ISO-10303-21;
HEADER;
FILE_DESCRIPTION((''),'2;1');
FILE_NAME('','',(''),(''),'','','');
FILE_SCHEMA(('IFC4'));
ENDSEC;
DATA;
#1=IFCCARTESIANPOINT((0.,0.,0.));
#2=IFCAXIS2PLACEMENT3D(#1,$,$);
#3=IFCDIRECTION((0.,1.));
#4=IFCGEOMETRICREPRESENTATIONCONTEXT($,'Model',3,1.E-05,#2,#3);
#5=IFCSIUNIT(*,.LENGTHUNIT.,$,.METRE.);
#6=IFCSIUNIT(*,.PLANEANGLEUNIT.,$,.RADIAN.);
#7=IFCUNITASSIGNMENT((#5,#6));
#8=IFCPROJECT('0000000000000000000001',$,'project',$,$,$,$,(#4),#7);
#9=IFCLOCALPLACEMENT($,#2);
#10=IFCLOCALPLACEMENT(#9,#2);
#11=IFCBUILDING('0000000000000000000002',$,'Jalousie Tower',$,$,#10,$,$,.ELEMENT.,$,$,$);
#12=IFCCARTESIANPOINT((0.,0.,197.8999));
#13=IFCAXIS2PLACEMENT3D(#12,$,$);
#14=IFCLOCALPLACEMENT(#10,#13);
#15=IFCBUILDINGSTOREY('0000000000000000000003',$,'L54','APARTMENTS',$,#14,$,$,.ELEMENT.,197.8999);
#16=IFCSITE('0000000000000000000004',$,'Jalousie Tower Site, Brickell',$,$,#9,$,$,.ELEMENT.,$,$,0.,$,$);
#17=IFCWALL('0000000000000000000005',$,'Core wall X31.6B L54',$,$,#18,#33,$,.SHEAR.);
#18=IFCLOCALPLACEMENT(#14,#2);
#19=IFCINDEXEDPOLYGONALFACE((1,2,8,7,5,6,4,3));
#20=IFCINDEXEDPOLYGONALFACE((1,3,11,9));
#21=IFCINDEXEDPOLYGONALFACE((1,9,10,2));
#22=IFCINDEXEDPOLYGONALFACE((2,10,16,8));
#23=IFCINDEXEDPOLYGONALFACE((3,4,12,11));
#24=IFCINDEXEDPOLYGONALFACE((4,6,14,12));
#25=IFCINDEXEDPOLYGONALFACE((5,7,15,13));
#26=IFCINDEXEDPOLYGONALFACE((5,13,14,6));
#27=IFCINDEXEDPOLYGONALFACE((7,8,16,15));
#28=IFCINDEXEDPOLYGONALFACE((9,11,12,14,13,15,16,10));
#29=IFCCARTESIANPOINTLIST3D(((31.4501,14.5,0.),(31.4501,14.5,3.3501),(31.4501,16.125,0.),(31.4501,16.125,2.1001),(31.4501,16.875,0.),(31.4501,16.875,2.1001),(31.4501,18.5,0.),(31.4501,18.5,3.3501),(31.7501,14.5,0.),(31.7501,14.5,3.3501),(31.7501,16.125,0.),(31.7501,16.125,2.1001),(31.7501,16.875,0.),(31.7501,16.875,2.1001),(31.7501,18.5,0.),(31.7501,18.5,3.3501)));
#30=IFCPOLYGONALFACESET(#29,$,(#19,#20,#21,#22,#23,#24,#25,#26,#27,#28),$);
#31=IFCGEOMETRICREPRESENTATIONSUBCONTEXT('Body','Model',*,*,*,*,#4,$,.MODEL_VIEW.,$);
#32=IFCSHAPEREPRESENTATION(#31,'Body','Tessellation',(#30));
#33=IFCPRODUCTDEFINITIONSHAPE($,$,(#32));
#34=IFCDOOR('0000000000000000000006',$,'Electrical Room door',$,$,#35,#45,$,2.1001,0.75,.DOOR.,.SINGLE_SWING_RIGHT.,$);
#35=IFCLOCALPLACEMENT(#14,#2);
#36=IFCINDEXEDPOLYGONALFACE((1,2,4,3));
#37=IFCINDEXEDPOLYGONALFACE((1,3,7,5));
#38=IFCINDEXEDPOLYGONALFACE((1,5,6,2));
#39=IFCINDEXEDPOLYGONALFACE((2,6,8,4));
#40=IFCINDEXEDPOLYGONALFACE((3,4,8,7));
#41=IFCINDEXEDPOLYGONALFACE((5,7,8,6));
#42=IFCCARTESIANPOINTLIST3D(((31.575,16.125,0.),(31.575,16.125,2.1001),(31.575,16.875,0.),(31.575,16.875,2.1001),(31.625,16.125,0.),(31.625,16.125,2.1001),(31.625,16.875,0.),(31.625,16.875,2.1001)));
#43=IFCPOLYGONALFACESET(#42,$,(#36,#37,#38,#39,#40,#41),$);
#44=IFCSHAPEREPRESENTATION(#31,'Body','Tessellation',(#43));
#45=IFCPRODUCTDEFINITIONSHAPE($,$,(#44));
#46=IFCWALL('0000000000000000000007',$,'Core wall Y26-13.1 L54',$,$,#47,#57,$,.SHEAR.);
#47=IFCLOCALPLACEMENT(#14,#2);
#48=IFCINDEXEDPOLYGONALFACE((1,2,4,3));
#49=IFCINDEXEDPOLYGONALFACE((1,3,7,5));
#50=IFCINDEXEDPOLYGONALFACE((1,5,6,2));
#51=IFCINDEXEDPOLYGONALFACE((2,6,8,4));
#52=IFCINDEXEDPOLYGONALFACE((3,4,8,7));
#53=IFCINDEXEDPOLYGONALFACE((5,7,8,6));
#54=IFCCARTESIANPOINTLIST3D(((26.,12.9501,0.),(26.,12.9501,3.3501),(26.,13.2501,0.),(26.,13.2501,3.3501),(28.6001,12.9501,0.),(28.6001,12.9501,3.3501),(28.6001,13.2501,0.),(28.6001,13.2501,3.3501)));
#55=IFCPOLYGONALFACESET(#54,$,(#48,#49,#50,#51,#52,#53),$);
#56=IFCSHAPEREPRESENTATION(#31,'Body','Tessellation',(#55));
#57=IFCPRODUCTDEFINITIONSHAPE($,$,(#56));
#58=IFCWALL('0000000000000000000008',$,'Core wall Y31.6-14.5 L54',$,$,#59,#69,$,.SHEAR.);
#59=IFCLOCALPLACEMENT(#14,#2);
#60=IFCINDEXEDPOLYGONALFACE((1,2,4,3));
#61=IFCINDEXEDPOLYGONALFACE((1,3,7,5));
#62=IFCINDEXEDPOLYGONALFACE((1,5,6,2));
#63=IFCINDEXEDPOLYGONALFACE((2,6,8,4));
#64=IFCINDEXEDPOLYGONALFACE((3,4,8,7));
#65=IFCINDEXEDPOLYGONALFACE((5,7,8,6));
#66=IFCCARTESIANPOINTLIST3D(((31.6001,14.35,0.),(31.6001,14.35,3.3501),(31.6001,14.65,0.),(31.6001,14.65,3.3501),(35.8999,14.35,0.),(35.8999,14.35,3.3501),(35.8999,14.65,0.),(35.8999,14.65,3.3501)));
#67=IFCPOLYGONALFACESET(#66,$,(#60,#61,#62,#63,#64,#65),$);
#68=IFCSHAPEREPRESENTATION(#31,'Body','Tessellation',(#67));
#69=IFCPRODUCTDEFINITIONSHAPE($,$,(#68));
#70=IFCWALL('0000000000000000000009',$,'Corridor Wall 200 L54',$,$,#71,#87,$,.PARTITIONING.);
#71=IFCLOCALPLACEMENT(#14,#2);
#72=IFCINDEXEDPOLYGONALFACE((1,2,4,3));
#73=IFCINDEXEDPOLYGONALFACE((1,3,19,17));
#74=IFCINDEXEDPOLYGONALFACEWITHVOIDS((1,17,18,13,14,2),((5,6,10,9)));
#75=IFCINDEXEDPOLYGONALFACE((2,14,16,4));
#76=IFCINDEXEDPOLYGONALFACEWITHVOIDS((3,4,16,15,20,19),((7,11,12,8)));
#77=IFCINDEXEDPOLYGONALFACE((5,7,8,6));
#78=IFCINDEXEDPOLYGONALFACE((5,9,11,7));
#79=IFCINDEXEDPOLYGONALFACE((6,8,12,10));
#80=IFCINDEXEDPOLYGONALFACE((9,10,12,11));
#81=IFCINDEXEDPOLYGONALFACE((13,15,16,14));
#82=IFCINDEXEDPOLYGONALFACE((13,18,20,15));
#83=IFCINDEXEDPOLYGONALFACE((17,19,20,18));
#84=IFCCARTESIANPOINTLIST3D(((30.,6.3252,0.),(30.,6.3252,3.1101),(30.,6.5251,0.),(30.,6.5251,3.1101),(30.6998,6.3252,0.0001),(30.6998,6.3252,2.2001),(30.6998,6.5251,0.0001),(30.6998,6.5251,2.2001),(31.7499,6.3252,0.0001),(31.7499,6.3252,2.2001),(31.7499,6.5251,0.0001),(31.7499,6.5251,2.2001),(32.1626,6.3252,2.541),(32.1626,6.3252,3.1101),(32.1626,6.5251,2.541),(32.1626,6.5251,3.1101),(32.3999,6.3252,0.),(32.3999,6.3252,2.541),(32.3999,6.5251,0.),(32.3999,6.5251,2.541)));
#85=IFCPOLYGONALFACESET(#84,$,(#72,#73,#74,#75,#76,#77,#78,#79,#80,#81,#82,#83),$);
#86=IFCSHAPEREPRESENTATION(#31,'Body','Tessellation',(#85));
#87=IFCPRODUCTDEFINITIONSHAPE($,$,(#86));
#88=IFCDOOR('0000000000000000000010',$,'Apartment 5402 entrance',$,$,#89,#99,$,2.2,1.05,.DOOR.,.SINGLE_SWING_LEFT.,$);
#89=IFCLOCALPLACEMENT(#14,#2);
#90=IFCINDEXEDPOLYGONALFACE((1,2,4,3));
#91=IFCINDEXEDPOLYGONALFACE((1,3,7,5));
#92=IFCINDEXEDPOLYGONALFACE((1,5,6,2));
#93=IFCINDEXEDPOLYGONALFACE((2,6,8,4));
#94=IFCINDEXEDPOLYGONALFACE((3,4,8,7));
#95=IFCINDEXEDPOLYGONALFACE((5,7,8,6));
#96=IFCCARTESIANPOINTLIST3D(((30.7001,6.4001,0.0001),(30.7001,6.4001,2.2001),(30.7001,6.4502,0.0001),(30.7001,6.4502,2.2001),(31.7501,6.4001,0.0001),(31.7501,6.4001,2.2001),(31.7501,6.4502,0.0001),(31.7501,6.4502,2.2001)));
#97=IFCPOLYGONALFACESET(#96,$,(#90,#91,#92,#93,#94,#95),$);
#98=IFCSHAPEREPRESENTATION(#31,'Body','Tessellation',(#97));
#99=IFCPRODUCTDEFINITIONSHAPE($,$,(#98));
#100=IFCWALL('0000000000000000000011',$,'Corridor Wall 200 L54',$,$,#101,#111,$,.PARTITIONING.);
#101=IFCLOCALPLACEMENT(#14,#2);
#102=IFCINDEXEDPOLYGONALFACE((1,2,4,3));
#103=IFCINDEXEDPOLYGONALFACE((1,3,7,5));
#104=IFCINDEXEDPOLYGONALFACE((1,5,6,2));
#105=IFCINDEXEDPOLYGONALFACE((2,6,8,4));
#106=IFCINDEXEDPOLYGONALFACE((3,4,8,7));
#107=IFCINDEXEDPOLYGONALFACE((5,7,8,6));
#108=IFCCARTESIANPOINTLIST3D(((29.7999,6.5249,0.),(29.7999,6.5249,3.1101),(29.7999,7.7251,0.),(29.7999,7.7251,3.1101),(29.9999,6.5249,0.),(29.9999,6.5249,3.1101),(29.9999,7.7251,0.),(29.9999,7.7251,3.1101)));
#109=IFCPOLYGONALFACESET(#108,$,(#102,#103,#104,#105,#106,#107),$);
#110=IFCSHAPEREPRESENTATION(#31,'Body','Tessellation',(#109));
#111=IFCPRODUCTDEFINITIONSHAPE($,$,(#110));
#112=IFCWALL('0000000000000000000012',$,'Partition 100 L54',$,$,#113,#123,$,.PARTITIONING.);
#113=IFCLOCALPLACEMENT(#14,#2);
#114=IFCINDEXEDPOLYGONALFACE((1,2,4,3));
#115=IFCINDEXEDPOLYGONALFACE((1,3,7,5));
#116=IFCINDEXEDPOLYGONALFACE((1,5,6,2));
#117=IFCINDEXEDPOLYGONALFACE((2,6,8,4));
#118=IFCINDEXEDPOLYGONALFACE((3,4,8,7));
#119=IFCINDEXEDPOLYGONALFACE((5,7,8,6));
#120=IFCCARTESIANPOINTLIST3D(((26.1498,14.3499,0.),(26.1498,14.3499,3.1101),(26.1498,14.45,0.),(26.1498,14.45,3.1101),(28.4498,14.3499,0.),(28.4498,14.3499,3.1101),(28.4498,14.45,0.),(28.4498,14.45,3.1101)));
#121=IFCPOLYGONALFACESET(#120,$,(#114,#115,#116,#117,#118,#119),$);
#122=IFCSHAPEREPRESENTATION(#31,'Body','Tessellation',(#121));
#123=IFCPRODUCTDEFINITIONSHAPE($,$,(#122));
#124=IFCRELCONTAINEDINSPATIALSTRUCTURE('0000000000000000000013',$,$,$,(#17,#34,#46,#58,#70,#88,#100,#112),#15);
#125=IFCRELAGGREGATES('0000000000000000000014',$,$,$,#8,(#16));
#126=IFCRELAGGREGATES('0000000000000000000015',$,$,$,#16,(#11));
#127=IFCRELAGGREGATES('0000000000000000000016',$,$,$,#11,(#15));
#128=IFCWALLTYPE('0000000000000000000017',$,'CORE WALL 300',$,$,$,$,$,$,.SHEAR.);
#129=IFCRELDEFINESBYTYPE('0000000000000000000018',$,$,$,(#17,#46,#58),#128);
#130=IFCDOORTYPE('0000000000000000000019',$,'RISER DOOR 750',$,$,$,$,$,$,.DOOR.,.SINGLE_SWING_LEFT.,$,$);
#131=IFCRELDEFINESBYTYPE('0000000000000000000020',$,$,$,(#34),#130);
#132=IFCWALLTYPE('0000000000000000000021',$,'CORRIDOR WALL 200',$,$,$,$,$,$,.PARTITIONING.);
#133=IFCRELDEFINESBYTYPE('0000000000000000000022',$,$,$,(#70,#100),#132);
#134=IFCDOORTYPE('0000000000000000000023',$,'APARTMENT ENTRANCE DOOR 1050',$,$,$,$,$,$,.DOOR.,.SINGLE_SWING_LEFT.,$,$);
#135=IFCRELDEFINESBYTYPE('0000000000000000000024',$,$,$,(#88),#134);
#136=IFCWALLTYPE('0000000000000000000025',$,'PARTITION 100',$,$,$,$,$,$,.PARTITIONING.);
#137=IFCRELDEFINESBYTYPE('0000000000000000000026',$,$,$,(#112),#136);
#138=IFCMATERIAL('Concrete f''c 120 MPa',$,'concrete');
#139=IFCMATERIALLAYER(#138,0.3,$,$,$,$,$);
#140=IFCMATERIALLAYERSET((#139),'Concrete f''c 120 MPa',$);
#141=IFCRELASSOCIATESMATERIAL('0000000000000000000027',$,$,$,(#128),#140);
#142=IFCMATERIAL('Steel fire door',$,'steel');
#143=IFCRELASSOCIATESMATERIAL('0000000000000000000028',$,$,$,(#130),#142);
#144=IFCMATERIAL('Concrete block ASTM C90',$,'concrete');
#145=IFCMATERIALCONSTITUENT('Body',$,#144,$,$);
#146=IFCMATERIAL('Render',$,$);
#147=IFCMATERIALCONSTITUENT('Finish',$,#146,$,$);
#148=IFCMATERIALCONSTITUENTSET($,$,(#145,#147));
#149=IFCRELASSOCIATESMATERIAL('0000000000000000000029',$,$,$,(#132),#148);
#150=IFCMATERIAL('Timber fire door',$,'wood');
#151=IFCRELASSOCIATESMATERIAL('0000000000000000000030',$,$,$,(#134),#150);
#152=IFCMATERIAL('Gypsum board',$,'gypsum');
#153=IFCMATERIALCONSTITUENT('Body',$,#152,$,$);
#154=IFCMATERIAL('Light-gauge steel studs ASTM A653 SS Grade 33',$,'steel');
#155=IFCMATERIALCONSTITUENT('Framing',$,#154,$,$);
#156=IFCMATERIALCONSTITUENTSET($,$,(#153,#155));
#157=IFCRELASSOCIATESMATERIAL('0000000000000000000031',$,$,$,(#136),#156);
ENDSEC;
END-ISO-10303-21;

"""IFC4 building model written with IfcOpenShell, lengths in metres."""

from ifc_helpers import new_model, si_unit, direction, frame, frame_2d, origin, place, context, subcontext, project, spatial, polyline, rectangle, outline, extrude, material, layer, layer_set, constituent, constituent_set, type_object, element, fill, save


model = new_model("IFC4")

# Units and contexts
model_context = context("Model", 3, precision=1e-05, world=origin(), true_north=direction((0.0, 1.0)))
body_context = subcontext(model_context, "Body", "Model", "MODEL_VIEW")
ifc_project = project(units=[si_unit("LENGTHUNIT", "METRE"), si_unit("PLANEANGLEUNIT", "RADIAN")], contexts=[model_context])

# Site, building, storey
site_placement = place(None, origin())
site = spatial("IfcSite", under=ifc_project, at=site_placement, Name="Jalousie Tower Site, Brickell", CompositionType="ELEMENT", RefElevation=0.0)
building_placement = place(site_placement, origin())
building = spatial("IfcBuilding", under=site, at=building_placement, Name="Jalousie Tower", CompositionType="ELEMENT")
storey_placement = place(building_placement, frame((0.0, 0.0, 197.8999)))
storey = spatial("IfcBuildingStorey", under=building, at=storey_placement, Name="L54", Description="APARTMENTS", CompositionType="ELEMENT", Elevation=197.8999)

# Shared definitions
ifc_material_1 = material(Name="Concrete f'c 120 MPa", Category="concrete")
ifc_layer_1 = layer(ifc_material_1, 0.3)
ifc_layer_set_1 = layer_set([ifc_layer_1], Name="Concrete f'c 120 MPa")
wall_type_1 = type_object("IfcWallType", Name="CORE WALL 300", PredefinedType="SHEAR", material=ifc_layer_set_1)

# Wall, opening, door
ifc_material_2 = material(Name="Steel fire door", Category="steel")
door_type_1 = type_object("IfcDoorType", Name="RISER DOOR 750", OperationType="SINGLE_SWING_LEFT", PredefinedType="DOOR", material=ifc_material_2)
wall_1_placement = place(storey_placement, frame((31.6001, 14.5, 0.0), z_axis=(0.0, 0.0, 1.0), x_axis=(0.0, 1.0, 0.0)))
wall_1 = element("IfcWall", 1, at=wall_1_placement, inside=storey, type_object=wall_type_1, Name="Core wall X31.6B L54", PredefinedType="SHEAR", context=body_context, shape_type="SweptSolid", body=[
    extrude(rectangle(XDim=4.0, YDim=0.3, at=frame_2d((2.0, 0.0))), origin(), (0.0, 0.0, 1.0), 3.3501),
])
opening_1_placement = place(wall_1_placement, frame((1.625, 0.0, 0.0)))
opening_1 = element("IfcOpeningElement", 2, at=opening_1_placement, cuts=wall_1, PredefinedType="OPENING", context=body_context, shape_type="SweptSolid", body=[
    extrude(rectangle(XDim=0.75, YDim=2.1001, at=frame_2d((0.375, 1.05))), frame((0.0, 0.1599, 0.0), z_axis=(0.0, -1.0, 0.0), x_axis=(1.0, 0.0, 0.0)), (0.0, 0.0, 1.0), 0.3201),
])
door_1_placement = place(opening_1_placement, frame((0.75, 0.0, 0.0), z_axis=(0.0, 0.0, 1.0), x_axis=(-1.0, 0.0, 0.0)))
door_1 = element("IfcDoor", 3, at=door_1_placement, inside=storey, type_object=door_type_1, Name="Electrical Room door", OperationType="SINGLE_SWING_RIGHT", OverallHeight=2.1001, OverallWidth=0.75, PredefinedType="DOOR", context=body_context, shape_type="SweptSolid", body=[
    extrude(rectangle(XDim=0.75, YDim=2.1001, at=frame_2d((0.375, 1.05))), frame((0.0, 0.0249, 0.0), z_axis=(0.0, -1.0, 0.0), x_axis=(1.0, 0.0, 0.0)), (0.0, 0.0, 1.0), 0.05),
])
fill(opening_1, door_1)

# Walls
wall_2_placement = place(storey_placement, frame((26.0, 13.1001, 0.0), z_axis=(0.0, 0.0, 1.0), x_axis=(1.0, 0.0, 0.0)))
element("IfcWall", 4, at=wall_2_placement, inside=storey, type_object=wall_type_1, Name="Core wall Y26-13.1 L54", PredefinedType="SHEAR", context=body_context, shape_type="SweptSolid", body=[
    extrude(rectangle(XDim=2.6001, YDim=0.3, at=frame_2d((1.3, 0.0))), origin(), (0.0, 0.0, 1.0), 3.3501),
])
wall_3_placement = place(storey_placement, frame((31.6001, 14.5, 0.0), z_axis=(0.0, 0.0, 1.0), x_axis=(1.0, 0.0, 0.0)))
element("IfcWall", 5, at=wall_3_placement, inside=storey, type_object=wall_type_1, Name="Core wall Y31.6-14.5 L54", PredefinedType="SHEAR", context=body_context, shape_type="SweptSolid", body=[
    extrude(rectangle(XDim=4.2998, YDim=0.3, at=frame_2d((2.1499, 0.0))), origin(), (0.0, 0.0, 1.0), 3.3501),
])

# Wall, opening, door
ifc_material_3 = material(Name="Concrete block ASTM C90", Category="concrete")
ifc_constituent_1 = constituent(ifc_material_3, Name="Body")
ifc_material_4 = material(Name="Render")
ifc_constituent_2 = constituent(ifc_material_4, Name="Finish")
ifc_constituent_set_1 = constituent_set(constituents=[ifc_constituent_1, ifc_constituent_2])
wall_type_2 = type_object("IfcWallType", Name="CORRIDOR WALL 200", PredefinedType="PARTITIONING", material=ifc_constituent_set_1)
wall_4_placement = place(storey_placement, frame((30.0, 6.425, 0.0), z_axis=(0.0, 0.0, 1.0), x_axis=(1.0, 0.0, 0.0)))
wall_4 = element("IfcWall", 6, at=wall_4_placement, inside=storey, type_object=wall_type_2, Name="Corridor Wall 200 L54", PredefinedType="PARTITIONING", context=body_context, shape_type="SweptSolid", body=[
    extrude(outline(polyline([(0.0, 0.0), (2.3999, 0.0), (2.3999, 3.1101), (2.3999, 2.541), (2.1626, 2.541), (2.1626, 3.1101), (0.0, 3.1101), (0.0, 0.0)])), frame((0.0, 0.1001, 0.0), z_axis=(0.0, -1.0, 0.0), x_axis=(1.0, 0.0, 0.0)), (0.0, 0.0, 1.0), 0.2),
])
opening_2_placement = place(wall_4_placement, frame((0.7, 0.0, 0.0)))
opening_2 = element("IfcOpeningElement", 7, at=opening_2_placement, cuts=wall_4, PredefinedType="OPENING", context=body_context, shape_type="SweptSolid", body=[
    extrude(rectangle(XDim=1.05, YDim=2.2, at=frame_2d((0.5249, 1.1001))), frame((0.0, 0.1099, 0.0), z_axis=(0.0, -1.0, 0.0), x_axis=(1.0, 0.0, 0.0)), (0.0, 0.0, 1.0), 0.22),
])
ifc_material_5 = material(Name="Timber fire door", Category="wood")
door_type_2 = type_object("IfcDoorType", Name="APARTMENT ENTRANCE DOOR 1050", OperationType="SINGLE_SWING_LEFT", PredefinedType="DOOR", material=ifc_material_5)
door_2_placement = place(opening_2_placement, frame((1.05, 0.0, 0.0), z_axis=(0.0, 0.0, 1.0), x_axis=(-1.0, 0.0, 0.0)))
door_2 = element("IfcDoor", 8, at=door_2_placement, inside=storey, type_object=door_type_2, Name="Apartment 5402 entrance", OperationType="SINGLE_SWING_LEFT", OverallHeight=2.2, OverallWidth=1.05, PredefinedType="DOOR", context=body_context, shape_type="SweptSolid", body=[
    extrude(rectangle(XDim=1.05, YDim=2.2, at=frame_2d((0.5249, 1.1001))), frame((0.0, 0.0249, 0.0), z_axis=(0.0, -1.0, 0.0), x_axis=(1.0, 0.0, 0.0)), (0.0, 0.0, 1.0), 0.05),
])
fill(opening_2, door_2)

# Walls
wall_5_placement = place(storey_placement, frame((29.8999, 7.7251, 0.0), z_axis=(0.0, 0.0, 1.0), x_axis=(0.0, -1.0, 0.0)))
element("IfcWall", 9, at=wall_5_placement, inside=storey, type_object=wall_type_2, Name="Corridor Wall 200 L54", PredefinedType="PARTITIONING", context=body_context, shape_type="SweptSolid", body=[
    extrude(rectangle(XDim=1.2002, YDim=0.2, at=frame_2d((0.6001, 0.0))), origin(), (0.0, 0.0, 1.0), 3.1101),
])
ifc_material_6 = material(Name="Gypsum board", Category="gypsum")
ifc_constituent_3 = constituent(ifc_material_6, Name="Body")
ifc_material_7 = material(Name="Light-gauge steel studs ASTM A653 SS Grade 33", Category="steel")
ifc_constituent_4 = constituent(ifc_material_7, Name="Framing")
ifc_constituent_set_2 = constituent_set(constituents=[ifc_constituent_3, ifc_constituent_4])
wall_type_3 = type_object("IfcWallType", Name="PARTITION 100", PredefinedType="PARTITIONING", material=ifc_constituent_set_2)
wall_6_placement = place(storey_placement, frame((26.1499, 14.3999, 0.0), z_axis=(0.0, 0.0, 1.0), x_axis=(1.0, 0.0, 0.0)))
element("IfcWall", 10, at=wall_6_placement, inside=storey, type_object=wall_type_3, Name="Partition 100 L54", PredefinedType="PARTITIONING", context=body_context, shape_type="SweptSolid", body=[
    extrude(rectangle(XDim=2.3, YDim=0.1001, at=frame_2d((1.1499, 0.0))), origin(), (0.0, 0.0, 1.0), 3.1101),
])

save(model, "model.ifc")
